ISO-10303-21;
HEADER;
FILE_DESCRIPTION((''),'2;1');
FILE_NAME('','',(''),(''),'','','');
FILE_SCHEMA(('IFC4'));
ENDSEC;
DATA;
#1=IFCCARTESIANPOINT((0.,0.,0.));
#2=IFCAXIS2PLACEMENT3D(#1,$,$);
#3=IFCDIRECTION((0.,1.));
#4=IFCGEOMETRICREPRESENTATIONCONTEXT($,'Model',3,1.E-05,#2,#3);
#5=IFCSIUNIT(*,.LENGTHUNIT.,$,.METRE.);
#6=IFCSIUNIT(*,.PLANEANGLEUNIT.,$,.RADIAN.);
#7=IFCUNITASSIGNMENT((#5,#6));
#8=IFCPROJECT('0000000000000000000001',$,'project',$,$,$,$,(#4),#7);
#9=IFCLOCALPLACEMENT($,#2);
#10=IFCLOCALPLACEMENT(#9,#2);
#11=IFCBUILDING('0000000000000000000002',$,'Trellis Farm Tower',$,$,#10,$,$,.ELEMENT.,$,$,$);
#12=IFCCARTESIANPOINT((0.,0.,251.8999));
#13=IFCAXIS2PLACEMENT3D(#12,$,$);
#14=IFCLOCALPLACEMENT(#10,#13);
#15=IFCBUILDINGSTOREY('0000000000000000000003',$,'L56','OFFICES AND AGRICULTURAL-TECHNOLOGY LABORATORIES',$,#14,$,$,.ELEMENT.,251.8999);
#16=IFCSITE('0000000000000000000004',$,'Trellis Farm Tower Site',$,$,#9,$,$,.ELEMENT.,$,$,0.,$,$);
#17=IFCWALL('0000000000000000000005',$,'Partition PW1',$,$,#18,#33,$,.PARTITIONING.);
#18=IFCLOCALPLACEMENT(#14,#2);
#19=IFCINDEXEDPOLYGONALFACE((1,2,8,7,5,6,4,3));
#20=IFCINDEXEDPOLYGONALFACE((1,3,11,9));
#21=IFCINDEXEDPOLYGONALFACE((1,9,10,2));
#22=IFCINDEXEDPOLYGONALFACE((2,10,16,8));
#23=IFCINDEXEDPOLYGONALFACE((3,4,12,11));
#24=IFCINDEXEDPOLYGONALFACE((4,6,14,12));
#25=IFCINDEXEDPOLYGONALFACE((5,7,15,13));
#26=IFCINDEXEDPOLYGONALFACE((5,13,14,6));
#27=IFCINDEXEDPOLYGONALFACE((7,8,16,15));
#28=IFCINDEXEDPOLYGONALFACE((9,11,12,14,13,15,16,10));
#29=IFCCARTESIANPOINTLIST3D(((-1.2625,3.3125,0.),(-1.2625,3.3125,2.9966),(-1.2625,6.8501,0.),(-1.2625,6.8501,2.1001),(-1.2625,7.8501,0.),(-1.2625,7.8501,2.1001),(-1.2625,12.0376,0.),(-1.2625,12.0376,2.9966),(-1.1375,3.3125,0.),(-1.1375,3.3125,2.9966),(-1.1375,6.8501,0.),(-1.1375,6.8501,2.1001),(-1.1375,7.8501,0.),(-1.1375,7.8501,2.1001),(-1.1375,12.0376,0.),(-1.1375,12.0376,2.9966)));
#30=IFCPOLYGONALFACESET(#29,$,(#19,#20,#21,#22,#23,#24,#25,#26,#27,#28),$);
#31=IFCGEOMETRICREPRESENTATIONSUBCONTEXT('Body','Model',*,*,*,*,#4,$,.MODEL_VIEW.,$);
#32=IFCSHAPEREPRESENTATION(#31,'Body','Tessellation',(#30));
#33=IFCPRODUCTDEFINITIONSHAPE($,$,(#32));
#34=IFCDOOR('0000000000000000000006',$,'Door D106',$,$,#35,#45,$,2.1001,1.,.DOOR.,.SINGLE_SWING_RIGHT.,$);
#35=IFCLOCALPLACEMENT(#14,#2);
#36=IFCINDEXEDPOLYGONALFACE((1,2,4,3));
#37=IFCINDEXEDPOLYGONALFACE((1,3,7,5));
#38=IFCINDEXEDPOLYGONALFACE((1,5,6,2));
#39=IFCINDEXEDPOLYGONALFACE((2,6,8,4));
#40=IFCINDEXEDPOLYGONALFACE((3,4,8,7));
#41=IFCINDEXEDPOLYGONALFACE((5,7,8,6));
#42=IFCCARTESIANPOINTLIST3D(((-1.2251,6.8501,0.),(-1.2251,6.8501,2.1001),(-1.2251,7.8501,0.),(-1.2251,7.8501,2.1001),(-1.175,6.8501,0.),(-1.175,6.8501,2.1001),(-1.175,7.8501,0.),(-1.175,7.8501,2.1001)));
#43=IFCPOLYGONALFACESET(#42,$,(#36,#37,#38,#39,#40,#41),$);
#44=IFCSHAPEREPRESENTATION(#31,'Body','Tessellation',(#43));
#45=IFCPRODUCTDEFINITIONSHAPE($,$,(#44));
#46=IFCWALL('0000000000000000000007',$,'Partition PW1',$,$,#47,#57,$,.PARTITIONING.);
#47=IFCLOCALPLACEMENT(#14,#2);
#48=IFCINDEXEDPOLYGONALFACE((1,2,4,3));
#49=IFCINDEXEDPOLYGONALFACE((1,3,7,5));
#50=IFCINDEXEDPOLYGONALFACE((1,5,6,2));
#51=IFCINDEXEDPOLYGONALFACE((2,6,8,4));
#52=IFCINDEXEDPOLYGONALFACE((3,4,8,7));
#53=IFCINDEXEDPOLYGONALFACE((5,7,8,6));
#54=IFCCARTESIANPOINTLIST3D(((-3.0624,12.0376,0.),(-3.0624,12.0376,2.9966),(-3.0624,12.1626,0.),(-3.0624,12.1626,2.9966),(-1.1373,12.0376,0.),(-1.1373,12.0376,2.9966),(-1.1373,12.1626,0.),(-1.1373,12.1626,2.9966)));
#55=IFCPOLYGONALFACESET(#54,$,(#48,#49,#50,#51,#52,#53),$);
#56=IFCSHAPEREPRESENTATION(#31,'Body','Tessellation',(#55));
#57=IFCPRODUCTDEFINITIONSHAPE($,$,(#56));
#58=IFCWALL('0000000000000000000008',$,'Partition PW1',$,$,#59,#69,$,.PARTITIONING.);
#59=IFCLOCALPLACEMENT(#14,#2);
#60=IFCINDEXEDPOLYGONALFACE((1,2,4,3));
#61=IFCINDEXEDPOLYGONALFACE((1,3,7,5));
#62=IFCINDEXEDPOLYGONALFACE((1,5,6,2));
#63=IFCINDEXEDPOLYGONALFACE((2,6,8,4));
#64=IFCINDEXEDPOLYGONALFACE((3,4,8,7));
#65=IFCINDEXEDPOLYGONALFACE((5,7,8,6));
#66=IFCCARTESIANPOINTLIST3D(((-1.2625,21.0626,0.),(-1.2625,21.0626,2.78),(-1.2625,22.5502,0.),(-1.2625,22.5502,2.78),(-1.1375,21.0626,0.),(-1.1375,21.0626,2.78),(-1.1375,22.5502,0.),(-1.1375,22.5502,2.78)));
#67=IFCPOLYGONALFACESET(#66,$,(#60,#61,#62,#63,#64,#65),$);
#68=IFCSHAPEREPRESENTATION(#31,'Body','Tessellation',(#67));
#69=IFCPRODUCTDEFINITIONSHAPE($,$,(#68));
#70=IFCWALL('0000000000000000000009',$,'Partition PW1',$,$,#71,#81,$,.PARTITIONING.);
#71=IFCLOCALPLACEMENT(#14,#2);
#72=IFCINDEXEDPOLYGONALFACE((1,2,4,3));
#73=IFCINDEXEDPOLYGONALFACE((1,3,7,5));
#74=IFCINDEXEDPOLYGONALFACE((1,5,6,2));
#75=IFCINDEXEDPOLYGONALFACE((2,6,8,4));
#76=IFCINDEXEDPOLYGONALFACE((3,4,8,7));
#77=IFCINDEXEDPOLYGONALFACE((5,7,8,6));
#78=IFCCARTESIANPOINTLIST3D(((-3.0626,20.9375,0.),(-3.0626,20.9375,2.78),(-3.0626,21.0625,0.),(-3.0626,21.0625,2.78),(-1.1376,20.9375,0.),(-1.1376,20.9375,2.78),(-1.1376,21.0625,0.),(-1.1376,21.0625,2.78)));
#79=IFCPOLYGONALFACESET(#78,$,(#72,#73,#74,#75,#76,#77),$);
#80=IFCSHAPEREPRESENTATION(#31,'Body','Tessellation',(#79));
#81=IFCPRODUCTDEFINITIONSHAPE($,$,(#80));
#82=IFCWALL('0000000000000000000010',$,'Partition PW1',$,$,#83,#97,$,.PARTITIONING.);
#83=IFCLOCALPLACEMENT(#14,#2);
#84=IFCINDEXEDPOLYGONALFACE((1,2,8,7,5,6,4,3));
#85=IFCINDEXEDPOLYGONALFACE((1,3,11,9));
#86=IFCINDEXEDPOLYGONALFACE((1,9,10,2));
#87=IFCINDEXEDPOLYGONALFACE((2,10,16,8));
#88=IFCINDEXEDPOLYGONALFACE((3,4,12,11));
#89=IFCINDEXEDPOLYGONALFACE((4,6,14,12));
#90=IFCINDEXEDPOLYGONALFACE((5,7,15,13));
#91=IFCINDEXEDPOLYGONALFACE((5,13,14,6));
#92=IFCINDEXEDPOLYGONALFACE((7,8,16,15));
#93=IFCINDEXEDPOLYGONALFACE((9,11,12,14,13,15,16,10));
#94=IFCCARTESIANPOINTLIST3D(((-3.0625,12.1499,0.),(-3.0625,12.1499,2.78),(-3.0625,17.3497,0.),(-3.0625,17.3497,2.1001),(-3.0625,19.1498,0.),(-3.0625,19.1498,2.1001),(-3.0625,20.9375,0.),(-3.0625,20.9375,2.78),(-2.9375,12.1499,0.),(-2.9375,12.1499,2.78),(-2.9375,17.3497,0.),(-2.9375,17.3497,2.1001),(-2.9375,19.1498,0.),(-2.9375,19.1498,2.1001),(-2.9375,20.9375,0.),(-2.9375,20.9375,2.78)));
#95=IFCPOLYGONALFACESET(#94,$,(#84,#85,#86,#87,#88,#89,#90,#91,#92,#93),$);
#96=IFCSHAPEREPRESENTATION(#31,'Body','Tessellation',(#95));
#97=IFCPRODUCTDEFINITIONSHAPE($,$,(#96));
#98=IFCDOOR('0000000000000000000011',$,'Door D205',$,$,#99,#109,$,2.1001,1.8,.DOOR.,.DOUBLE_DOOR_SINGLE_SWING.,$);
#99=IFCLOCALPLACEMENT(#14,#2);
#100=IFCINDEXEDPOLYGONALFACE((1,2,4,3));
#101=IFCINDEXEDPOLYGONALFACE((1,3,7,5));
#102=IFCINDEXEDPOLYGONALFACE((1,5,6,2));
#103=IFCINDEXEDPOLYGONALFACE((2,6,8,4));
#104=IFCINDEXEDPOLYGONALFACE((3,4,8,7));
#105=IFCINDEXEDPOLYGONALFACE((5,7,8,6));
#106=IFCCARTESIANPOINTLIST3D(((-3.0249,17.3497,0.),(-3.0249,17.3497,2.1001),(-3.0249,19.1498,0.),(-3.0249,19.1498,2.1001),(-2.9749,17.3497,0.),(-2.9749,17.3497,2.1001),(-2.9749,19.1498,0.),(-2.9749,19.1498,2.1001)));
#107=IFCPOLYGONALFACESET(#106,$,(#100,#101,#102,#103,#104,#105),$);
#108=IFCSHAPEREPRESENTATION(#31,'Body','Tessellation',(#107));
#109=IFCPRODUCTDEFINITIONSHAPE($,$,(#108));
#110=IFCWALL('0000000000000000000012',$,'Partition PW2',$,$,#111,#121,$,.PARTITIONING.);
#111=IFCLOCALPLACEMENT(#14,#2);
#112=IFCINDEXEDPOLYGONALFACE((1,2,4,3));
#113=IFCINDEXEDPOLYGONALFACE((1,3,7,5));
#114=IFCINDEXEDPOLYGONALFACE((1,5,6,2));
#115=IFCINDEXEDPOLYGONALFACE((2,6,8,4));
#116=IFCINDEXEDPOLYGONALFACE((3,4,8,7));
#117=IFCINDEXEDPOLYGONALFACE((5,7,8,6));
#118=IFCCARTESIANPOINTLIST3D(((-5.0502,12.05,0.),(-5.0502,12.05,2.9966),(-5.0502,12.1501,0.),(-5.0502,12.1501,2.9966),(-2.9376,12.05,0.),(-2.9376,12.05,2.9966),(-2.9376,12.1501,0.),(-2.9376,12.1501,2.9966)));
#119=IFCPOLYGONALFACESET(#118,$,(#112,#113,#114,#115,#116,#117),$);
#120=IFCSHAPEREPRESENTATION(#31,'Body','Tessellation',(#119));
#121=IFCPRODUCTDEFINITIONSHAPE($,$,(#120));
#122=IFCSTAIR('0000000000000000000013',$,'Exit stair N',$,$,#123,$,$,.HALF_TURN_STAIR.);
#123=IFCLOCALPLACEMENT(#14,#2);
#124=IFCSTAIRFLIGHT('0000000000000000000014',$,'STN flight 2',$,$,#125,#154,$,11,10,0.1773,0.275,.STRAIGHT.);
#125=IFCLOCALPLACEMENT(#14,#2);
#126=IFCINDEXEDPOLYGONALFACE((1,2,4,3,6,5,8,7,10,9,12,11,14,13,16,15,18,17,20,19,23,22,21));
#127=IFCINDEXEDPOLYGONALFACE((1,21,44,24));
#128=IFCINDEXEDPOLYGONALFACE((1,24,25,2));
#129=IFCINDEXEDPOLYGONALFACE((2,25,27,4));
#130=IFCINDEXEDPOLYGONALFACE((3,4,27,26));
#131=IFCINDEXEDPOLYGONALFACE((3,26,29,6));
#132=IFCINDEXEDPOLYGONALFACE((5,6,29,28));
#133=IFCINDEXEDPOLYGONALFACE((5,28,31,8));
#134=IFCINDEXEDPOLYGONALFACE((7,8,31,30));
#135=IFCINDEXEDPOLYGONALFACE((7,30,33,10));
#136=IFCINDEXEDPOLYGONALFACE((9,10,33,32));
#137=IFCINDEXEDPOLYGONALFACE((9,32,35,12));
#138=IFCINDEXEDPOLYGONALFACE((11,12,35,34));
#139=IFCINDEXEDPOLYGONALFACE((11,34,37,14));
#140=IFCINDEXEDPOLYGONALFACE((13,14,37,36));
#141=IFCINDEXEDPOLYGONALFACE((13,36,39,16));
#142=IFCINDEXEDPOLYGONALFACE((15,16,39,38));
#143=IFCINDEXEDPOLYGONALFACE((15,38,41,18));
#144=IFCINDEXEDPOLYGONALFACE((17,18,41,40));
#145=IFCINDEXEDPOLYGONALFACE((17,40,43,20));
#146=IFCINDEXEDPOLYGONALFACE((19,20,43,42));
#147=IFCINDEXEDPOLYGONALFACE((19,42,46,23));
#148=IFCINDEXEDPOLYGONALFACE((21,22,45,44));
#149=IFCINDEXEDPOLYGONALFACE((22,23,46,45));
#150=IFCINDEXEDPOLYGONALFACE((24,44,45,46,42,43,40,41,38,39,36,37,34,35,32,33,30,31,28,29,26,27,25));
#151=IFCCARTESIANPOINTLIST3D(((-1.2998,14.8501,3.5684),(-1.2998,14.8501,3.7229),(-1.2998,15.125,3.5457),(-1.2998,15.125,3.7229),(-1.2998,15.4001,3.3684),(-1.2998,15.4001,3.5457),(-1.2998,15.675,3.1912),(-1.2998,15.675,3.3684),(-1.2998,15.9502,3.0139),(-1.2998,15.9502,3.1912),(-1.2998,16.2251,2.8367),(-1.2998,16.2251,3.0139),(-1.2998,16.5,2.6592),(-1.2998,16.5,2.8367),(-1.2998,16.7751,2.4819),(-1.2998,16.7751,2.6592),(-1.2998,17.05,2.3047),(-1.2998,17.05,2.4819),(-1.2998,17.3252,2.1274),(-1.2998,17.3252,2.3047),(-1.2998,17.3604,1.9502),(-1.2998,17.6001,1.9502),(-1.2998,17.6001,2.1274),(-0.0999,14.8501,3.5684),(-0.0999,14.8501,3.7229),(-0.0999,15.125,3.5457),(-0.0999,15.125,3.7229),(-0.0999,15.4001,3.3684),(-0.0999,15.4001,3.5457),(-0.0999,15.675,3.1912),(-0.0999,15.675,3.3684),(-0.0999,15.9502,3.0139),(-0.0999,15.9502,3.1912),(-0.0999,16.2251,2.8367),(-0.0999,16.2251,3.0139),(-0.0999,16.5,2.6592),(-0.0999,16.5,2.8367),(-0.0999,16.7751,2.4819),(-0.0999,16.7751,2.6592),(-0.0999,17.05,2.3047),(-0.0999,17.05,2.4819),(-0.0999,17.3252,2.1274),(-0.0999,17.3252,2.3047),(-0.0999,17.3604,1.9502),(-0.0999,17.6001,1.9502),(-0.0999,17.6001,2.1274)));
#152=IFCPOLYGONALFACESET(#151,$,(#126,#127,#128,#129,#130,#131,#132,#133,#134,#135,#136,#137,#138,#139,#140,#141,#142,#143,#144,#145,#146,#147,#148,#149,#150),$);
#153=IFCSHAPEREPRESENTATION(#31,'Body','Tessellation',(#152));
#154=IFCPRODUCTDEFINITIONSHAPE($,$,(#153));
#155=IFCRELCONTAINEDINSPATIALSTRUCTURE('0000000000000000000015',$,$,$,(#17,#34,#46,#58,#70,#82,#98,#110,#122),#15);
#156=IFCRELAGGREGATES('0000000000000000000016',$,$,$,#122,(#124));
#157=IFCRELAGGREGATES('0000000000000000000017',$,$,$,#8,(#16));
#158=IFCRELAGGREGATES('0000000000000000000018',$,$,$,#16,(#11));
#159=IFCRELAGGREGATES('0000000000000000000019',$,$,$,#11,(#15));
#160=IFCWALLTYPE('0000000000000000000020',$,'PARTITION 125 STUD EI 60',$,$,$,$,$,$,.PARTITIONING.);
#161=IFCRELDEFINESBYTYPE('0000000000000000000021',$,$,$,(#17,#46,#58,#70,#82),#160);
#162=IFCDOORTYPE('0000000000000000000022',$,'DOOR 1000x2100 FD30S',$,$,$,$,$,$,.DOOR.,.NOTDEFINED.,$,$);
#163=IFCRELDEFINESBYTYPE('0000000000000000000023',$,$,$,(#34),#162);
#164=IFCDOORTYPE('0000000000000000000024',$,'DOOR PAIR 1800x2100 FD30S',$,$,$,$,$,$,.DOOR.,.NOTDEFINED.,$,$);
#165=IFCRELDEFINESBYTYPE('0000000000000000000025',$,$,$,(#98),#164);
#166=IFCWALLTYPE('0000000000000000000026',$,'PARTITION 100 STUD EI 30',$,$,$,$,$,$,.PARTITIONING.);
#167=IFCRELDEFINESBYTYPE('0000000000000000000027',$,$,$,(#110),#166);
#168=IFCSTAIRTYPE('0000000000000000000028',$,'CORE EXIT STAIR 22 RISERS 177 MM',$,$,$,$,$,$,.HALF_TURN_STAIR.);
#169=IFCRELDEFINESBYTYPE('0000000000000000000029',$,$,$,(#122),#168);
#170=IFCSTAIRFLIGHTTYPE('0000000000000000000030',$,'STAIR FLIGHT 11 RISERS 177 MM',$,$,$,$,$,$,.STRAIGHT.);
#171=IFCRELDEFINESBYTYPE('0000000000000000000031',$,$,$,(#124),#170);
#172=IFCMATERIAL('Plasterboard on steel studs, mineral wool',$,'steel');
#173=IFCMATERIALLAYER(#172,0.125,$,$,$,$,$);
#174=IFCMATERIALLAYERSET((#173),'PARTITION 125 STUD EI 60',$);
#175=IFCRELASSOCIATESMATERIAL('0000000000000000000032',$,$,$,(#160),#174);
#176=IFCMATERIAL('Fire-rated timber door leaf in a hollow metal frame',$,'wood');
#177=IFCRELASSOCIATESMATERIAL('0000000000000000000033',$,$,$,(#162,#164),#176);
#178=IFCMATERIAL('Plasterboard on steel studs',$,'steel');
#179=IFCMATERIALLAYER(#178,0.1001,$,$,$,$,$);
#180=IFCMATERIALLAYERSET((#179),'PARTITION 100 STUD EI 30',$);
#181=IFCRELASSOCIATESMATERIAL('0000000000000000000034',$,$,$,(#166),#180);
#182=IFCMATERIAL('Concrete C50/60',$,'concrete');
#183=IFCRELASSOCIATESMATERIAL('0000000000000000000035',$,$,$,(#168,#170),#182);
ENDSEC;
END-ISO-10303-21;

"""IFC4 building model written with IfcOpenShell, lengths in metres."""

from ifc_helpers import new_model, si_unit, direction, frame, frame_2d, origin, place, context, subcontext, project, spatial, polyline, rectangle, outline, extrude, source, transform, mapped, material, layer, layer_set, type_object, element, fill, aggregate, save


model = new_model("IFC4")

# Units and contexts
model_context = context("Model", 3, precision=1e-05, world=origin(), true_north=direction((0.0, 1.0)))
body_context = subcontext(model_context, "Body", "Model", "MODEL_VIEW")
ifc_project = project(units=[si_unit("LENGTHUNIT", "METRE"), si_unit("PLANEANGLEUNIT", "RADIAN")], contexts=[model_context])

# Site, building, storey
site_placement = place(None, origin())
site = spatial("IfcSite", under=ifc_project, at=site_placement, Name="Trellis Farm Tower Site", CompositionType="ELEMENT", RefElevation=0.0)
building_placement = place(site_placement, origin())
building = spatial("IfcBuilding", under=site, at=building_placement, Name="Trellis Farm Tower", CompositionType="ELEMENT")
storey_placement = place(building_placement, frame((0.0, 0.0, 251.8999)))
storey = spatial("IfcBuildingStorey", under=building, at=storey_placement, Name="L56", Description="OFFICES AND AGRICULTURAL-TECHNOLOGY LABORATORIES", CompositionType="ELEMENT", Elevation=251.8999)

# Shared definitions
placement_1 = place(storey_placement, origin())

# Wall, opening, door
ifc_material_1 = material(Name="Plasterboard on steel studs, mineral wool", Category="steel")
ifc_layer_1 = layer(ifc_material_1, 0.125)
ifc_layer_set_1 = layer_set([ifc_layer_1], Name="PARTITION 125 STUD EI 60")
wall_type_1 = type_object("IfcWallType", Name="PARTITION 125 STUD EI 60", PredefinedType="PARTITIONING", material=ifc_layer_set_1)
shared_shape_1 = source(origin(), body_context, "Body", "SweptSolid", [
    extrude(rectangle(XDim=8.7251, YDim=0.125, at=frame_2d((4.3625, 0.0))), origin(), (0.0, 0.0, 1.0), 2.9966),
])
wall_1_placement = place(storey_placement, frame((-1.2, 12.0376, 0.0), z_axis=(0.0, 0.0, 1.0), x_axis=(0.0, -1.0, 0.0)))
wall_1 = element("IfcWall", 1, at=wall_1_placement, inside=storey, type_object=wall_type_1, Name="Partition PW1", PredefinedType="PARTITIONING", context=body_context, shape_type="MappedRepresentation", body=[
    mapped(shared_shape_1, transform((0.0, 0.0, 0.0))),
])
shared_shape_2 = source(origin(), body_context, "Body", "SweptSolid", [
    extrude(rectangle(XDim=1.0, YDim=2.1001, at=frame_2d((0.5, 1.05))), frame((0.0, 0.0725, 0.0), z_axis=(0.0, -1.0, 0.0), x_axis=(1.0, 0.0, 0.0)), (0.0, 0.0, 1.0), 0.145),
])
opening_1_placement = place(wall_1_placement, frame((4.1875, 0.0, 0.0)))
opening_1 = element("IfcOpeningElement", 2, at=opening_1_placement, cuts=wall_1, PredefinedType="OPENING", context=body_context, shape_type="MappedRepresentation", body=[
    mapped(shared_shape_2, transform((0.0, 0.0, 0.0))),
])
ifc_material_2 = material(Name="Fire-rated timber door leaf in a hollow metal frame", Category="wood")
door_type_1 = type_object("IfcDoorType", Name="DOOR 1000x2100 FD30S", OperationType="NOTDEFINED", PredefinedType="DOOR", material=ifc_material_2)
shared_shape_3 = source(origin(), body_context, "Body", "SweptSolid", [
    extrude(rectangle(XDim=1.0, YDim=2.1001, at=frame_2d((0.5, 1.05))), frame((0.0, 0.0249, 0.0), z_axis=(0.0, -1.0, 0.0), x_axis=(1.0, 0.0, 0.0)), (0.0, 0.0, 1.0), 0.05),
])
door_1_placement = place(opening_1_placement, origin())
door_1 = element("IfcDoor", 3, at=door_1_placement, inside=storey, type_object=door_type_1, Name="Door D106", OperationType="SINGLE_SWING_RIGHT", OverallHeight=2.1001, OverallWidth=1.0, PredefinedType="DOOR", context=body_context, shape_type="MappedRepresentation", body=[
    mapped(shared_shape_3, transform((0.0, 0.0, 0.0))),
])
fill(opening_1, door_1)

# Walls
shared_shape_4 = source(origin(), body_context, "Body", "SweptSolid", [
    extrude(rectangle(XDim=1.925, YDim=0.125, at=frame_2d((0.9624, 0.0))), origin(), (0.0, 0.0, 1.0), 2.9966),
])
wall_2_placement = place(storey_placement, frame((-1.1375, 12.1001, 0.0), z_axis=(0.0, 0.0, 1.0), x_axis=(-1.0, 0.0, 0.0)))
element("IfcWall", 4, at=wall_2_placement, inside=storey, type_object=wall_type_1, Name="Partition PW1", PredefinedType="PARTITIONING", context=body_context, shape_type="MappedRepresentation", body=[
    mapped(shared_shape_4, transform((0.0, 0.0, 0.0))),
])
shared_shape_5 = source(origin(), body_context, "Body", "SweptSolid", [
    extrude(rectangle(XDim=1.4875, YDim=0.125, at=frame_2d((0.7437, 0.0))), origin(), (0.0, 0.0, 1.0), 2.78),
])
wall_3_placement = place(storey_placement, frame((-1.2, 22.55, 0.0), z_axis=(0.0, 0.0, 1.0), x_axis=(0.0, -1.0, 0.0)))
element("IfcWall", 5, at=wall_3_placement, inside=storey, type_object=wall_type_1, Name="Partition PW1", PredefinedType="PARTITIONING", context=body_context, shape_type="MappedRepresentation", body=[
    mapped(shared_shape_5, transform((0.0, 0.0, 0.0))),
])
shared_shape_6 = source(origin(), body_context, "Body", "SweptSolid", [
    extrude(rectangle(XDim=1.925, YDim=0.125, at=frame_2d((0.9624, 0.0))), origin(), (0.0, 0.0, 1.0), 2.78),
])
wall_4_placement = place(storey_placement, frame((-3.0625, 21.0, 0.0), z_axis=(0.0, 0.0, 1.0), x_axis=(1.0, 0.0, 0.0)))
element("IfcWall", 6, at=wall_4_placement, inside=storey, type_object=wall_type_1, Name="Partition PW1", PredefinedType="PARTITIONING", context=body_context, shape_type="MappedRepresentation", body=[
    mapped(shared_shape_6, transform((0.0, 0.0, 0.0))),
])

# Wall, opening, door
shared_shape_7 = source(origin(), body_context, "Body", "SweptSolid", [
    extrude(rectangle(XDim=8.7876, YDim=0.125, at=frame_2d((4.3938, 0.0))), origin(), (0.0, 0.0, 1.0), 2.78),
])
wall_5_placement = place(storey_placement, frame((-3.0, 12.1499, 0.0), z_axis=(0.0, 0.0, 1.0), x_axis=(0.0, 1.0, 0.0)))
wall_5 = element("IfcWall", 7, at=wall_5_placement, inside=storey, type_object=wall_type_1, Name="Partition PW1", PredefinedType="PARTITIONING", context=body_context, shape_type="MappedRepresentation", body=[
    mapped(shared_shape_7, transform((0.0, 0.0, 0.0))),
])
shared_shape_8 = source(origin(), body_context, "Body", "SweptSolid", [
    extrude(rectangle(XDim=1.8, YDim=2.1001, at=frame_2d((0.8999, 1.05))), frame((0.0, 0.0725, 0.0), z_axis=(0.0, -1.0, 0.0), x_axis=(1.0, 0.0, 0.0)), (0.0, 0.0, 1.0), 0.145),
])
opening_2_placement = place(wall_5_placement, frame((5.2, 0.0, 0.0)))
opening_2 = element("IfcOpeningElement", 8, at=opening_2_placement, cuts=wall_5, PredefinedType="OPENING", context=body_context, shape_type="MappedRepresentation", body=[
    mapped(shared_shape_8, transform((0.0, 0.0, 0.0))),
])
door_type_2 = type_object("IfcDoorType", Name="DOOR PAIR 1800x2100 FD30S", OperationType="NOTDEFINED", PredefinedType="DOOR", material=ifc_material_2)
shared_shape_9 = source(origin(), body_context, "Body", "SweptSolid", [
    extrude(rectangle(XDim=1.8, YDim=2.1001, at=frame_2d((0.8999, 1.05))), frame((0.0, 0.0249, 0.0), z_axis=(0.0, -1.0, 0.0), x_axis=(1.0, 0.0, 0.0)), (0.0, 0.0, 1.0), 0.05),
])
door_2_placement = place(opening_2_placement, origin())
door_2 = element("IfcDoor", 9, at=door_2_placement, inside=storey, type_object=door_type_2, Name="Door D205", OperationType="DOUBLE_DOOR_SINGLE_SWING", OverallHeight=2.1001, OverallWidth=1.8, PredefinedType="DOOR", context=body_context, shape_type="MappedRepresentation", body=[
    mapped(shared_shape_9, transform((0.0, 0.0, 0.0))),
])
fill(opening_2, door_2)

# Wall
ifc_material_3 = material(Name="Plasterboard on steel studs", Category="steel")
ifc_layer_2 = layer(ifc_material_3, 0.1001)
ifc_layer_set_2 = layer_set([ifc_layer_2], Name="PARTITION 100 STUD EI 30")
wall_type_2 = type_object("IfcWallType", Name="PARTITION 100 STUD EI 30", PredefinedType="PARTITIONING", material=ifc_layer_set_2)
shared_shape_10 = source(origin(), body_context, "Body", "SweptSolid", [
    extrude(rectangle(XDim=2.1125, YDim=0.1001, at=frame_2d((1.0562, 0.0))), origin(), (0.0, 0.0, 1.0), 2.9966),
])
wall_6_placement = place(storey_placement, frame((-5.05, 12.1001, 0.0), z_axis=(0.0, 0.0, 1.0), x_axis=(1.0, 0.0, 0.0)))
element("IfcWall", 10, at=wall_6_placement, inside=storey, type_object=wall_type_2, Name="Partition PW2", PredefinedType="PARTITIONING", context=body_context, shape_type="MappedRepresentation", body=[
    mapped(shared_shape_10, transform((0.0, 0.0, 0.0))),
])

# Stair, stair flight
ifc_material_4 = material(Name="Concrete C50/60", Category="concrete")
stair_type = type_object("IfcStairType", Name="CORE EXIT STAIR 22 RISERS 177 MM", PredefinedType="HALF_TURN_STAIR", material=ifc_material_4)
stair = element("IfcStair", 11, at=placement_1, inside=storey, type_object=stair_type, Name="Exit stair N", PredefinedType="HALF_TURN_STAIR")
stair_flight_type = type_object("IfcStairFlightType", Name="STAIR FLIGHT 11 RISERS 177 MM", PredefinedType="STRAIGHT", material=ifc_material_4)
shared_shape_11 = source(origin(), body_context, "Body", "SweptSolid", [
    extrude(outline(polyline([(0.0, 0.0), (0.0, 0.1772), (0.2749, 0.1772), (0.2749, 0.3545), (0.55, 0.3545), (0.55, 0.5317), (0.825, 0.5317), (0.825, 0.709), (1.1001, 0.709), (1.1001, 0.8865), (1.375, 0.8865), (1.375, 1.0637), (1.6499, 1.0637), (1.6499, 1.241), (1.925, 1.241), (1.925, 1.4182), (2.2, 1.4182), (2.2, 1.5955), (2.4751, 1.5955), (2.4751, 1.7727), (2.75, 1.7727), (2.75, 1.95), (2.75, 1.6182), (0.2397, 0.0), (0.0, 0.0)])), frame((0.0, 0.6001, 0.0), z_axis=(0.0, -1.0, 0.0), x_axis=(1.0, 0.0, 0.0)), (0.0, 0.0, 1.0), 1.2),
])
stair_flight_placement = place(storey_placement, frame((-0.7, 17.6001, 1.9502), z_axis=(0.0, 0.0, 1.0), x_axis=(0.0, -1.0, 0.0)))
stair_flight = element("IfcStairFlight", 12, at=stair_flight_placement, type_object=stair_flight_type, Name="STN flight 2", NumberOfRisers=11, NumberOfTreads=10, PredefinedType="STRAIGHT", RiserHeight=0.1773, TreadLength=0.275, context=body_context, shape_type="MappedRepresentation", body=[
    mapped(shared_shape_11, transform((0.0, 0.0, 0.0))),
])
aggregate(stair, [stair_flight])

save(model, "model.ifc")
